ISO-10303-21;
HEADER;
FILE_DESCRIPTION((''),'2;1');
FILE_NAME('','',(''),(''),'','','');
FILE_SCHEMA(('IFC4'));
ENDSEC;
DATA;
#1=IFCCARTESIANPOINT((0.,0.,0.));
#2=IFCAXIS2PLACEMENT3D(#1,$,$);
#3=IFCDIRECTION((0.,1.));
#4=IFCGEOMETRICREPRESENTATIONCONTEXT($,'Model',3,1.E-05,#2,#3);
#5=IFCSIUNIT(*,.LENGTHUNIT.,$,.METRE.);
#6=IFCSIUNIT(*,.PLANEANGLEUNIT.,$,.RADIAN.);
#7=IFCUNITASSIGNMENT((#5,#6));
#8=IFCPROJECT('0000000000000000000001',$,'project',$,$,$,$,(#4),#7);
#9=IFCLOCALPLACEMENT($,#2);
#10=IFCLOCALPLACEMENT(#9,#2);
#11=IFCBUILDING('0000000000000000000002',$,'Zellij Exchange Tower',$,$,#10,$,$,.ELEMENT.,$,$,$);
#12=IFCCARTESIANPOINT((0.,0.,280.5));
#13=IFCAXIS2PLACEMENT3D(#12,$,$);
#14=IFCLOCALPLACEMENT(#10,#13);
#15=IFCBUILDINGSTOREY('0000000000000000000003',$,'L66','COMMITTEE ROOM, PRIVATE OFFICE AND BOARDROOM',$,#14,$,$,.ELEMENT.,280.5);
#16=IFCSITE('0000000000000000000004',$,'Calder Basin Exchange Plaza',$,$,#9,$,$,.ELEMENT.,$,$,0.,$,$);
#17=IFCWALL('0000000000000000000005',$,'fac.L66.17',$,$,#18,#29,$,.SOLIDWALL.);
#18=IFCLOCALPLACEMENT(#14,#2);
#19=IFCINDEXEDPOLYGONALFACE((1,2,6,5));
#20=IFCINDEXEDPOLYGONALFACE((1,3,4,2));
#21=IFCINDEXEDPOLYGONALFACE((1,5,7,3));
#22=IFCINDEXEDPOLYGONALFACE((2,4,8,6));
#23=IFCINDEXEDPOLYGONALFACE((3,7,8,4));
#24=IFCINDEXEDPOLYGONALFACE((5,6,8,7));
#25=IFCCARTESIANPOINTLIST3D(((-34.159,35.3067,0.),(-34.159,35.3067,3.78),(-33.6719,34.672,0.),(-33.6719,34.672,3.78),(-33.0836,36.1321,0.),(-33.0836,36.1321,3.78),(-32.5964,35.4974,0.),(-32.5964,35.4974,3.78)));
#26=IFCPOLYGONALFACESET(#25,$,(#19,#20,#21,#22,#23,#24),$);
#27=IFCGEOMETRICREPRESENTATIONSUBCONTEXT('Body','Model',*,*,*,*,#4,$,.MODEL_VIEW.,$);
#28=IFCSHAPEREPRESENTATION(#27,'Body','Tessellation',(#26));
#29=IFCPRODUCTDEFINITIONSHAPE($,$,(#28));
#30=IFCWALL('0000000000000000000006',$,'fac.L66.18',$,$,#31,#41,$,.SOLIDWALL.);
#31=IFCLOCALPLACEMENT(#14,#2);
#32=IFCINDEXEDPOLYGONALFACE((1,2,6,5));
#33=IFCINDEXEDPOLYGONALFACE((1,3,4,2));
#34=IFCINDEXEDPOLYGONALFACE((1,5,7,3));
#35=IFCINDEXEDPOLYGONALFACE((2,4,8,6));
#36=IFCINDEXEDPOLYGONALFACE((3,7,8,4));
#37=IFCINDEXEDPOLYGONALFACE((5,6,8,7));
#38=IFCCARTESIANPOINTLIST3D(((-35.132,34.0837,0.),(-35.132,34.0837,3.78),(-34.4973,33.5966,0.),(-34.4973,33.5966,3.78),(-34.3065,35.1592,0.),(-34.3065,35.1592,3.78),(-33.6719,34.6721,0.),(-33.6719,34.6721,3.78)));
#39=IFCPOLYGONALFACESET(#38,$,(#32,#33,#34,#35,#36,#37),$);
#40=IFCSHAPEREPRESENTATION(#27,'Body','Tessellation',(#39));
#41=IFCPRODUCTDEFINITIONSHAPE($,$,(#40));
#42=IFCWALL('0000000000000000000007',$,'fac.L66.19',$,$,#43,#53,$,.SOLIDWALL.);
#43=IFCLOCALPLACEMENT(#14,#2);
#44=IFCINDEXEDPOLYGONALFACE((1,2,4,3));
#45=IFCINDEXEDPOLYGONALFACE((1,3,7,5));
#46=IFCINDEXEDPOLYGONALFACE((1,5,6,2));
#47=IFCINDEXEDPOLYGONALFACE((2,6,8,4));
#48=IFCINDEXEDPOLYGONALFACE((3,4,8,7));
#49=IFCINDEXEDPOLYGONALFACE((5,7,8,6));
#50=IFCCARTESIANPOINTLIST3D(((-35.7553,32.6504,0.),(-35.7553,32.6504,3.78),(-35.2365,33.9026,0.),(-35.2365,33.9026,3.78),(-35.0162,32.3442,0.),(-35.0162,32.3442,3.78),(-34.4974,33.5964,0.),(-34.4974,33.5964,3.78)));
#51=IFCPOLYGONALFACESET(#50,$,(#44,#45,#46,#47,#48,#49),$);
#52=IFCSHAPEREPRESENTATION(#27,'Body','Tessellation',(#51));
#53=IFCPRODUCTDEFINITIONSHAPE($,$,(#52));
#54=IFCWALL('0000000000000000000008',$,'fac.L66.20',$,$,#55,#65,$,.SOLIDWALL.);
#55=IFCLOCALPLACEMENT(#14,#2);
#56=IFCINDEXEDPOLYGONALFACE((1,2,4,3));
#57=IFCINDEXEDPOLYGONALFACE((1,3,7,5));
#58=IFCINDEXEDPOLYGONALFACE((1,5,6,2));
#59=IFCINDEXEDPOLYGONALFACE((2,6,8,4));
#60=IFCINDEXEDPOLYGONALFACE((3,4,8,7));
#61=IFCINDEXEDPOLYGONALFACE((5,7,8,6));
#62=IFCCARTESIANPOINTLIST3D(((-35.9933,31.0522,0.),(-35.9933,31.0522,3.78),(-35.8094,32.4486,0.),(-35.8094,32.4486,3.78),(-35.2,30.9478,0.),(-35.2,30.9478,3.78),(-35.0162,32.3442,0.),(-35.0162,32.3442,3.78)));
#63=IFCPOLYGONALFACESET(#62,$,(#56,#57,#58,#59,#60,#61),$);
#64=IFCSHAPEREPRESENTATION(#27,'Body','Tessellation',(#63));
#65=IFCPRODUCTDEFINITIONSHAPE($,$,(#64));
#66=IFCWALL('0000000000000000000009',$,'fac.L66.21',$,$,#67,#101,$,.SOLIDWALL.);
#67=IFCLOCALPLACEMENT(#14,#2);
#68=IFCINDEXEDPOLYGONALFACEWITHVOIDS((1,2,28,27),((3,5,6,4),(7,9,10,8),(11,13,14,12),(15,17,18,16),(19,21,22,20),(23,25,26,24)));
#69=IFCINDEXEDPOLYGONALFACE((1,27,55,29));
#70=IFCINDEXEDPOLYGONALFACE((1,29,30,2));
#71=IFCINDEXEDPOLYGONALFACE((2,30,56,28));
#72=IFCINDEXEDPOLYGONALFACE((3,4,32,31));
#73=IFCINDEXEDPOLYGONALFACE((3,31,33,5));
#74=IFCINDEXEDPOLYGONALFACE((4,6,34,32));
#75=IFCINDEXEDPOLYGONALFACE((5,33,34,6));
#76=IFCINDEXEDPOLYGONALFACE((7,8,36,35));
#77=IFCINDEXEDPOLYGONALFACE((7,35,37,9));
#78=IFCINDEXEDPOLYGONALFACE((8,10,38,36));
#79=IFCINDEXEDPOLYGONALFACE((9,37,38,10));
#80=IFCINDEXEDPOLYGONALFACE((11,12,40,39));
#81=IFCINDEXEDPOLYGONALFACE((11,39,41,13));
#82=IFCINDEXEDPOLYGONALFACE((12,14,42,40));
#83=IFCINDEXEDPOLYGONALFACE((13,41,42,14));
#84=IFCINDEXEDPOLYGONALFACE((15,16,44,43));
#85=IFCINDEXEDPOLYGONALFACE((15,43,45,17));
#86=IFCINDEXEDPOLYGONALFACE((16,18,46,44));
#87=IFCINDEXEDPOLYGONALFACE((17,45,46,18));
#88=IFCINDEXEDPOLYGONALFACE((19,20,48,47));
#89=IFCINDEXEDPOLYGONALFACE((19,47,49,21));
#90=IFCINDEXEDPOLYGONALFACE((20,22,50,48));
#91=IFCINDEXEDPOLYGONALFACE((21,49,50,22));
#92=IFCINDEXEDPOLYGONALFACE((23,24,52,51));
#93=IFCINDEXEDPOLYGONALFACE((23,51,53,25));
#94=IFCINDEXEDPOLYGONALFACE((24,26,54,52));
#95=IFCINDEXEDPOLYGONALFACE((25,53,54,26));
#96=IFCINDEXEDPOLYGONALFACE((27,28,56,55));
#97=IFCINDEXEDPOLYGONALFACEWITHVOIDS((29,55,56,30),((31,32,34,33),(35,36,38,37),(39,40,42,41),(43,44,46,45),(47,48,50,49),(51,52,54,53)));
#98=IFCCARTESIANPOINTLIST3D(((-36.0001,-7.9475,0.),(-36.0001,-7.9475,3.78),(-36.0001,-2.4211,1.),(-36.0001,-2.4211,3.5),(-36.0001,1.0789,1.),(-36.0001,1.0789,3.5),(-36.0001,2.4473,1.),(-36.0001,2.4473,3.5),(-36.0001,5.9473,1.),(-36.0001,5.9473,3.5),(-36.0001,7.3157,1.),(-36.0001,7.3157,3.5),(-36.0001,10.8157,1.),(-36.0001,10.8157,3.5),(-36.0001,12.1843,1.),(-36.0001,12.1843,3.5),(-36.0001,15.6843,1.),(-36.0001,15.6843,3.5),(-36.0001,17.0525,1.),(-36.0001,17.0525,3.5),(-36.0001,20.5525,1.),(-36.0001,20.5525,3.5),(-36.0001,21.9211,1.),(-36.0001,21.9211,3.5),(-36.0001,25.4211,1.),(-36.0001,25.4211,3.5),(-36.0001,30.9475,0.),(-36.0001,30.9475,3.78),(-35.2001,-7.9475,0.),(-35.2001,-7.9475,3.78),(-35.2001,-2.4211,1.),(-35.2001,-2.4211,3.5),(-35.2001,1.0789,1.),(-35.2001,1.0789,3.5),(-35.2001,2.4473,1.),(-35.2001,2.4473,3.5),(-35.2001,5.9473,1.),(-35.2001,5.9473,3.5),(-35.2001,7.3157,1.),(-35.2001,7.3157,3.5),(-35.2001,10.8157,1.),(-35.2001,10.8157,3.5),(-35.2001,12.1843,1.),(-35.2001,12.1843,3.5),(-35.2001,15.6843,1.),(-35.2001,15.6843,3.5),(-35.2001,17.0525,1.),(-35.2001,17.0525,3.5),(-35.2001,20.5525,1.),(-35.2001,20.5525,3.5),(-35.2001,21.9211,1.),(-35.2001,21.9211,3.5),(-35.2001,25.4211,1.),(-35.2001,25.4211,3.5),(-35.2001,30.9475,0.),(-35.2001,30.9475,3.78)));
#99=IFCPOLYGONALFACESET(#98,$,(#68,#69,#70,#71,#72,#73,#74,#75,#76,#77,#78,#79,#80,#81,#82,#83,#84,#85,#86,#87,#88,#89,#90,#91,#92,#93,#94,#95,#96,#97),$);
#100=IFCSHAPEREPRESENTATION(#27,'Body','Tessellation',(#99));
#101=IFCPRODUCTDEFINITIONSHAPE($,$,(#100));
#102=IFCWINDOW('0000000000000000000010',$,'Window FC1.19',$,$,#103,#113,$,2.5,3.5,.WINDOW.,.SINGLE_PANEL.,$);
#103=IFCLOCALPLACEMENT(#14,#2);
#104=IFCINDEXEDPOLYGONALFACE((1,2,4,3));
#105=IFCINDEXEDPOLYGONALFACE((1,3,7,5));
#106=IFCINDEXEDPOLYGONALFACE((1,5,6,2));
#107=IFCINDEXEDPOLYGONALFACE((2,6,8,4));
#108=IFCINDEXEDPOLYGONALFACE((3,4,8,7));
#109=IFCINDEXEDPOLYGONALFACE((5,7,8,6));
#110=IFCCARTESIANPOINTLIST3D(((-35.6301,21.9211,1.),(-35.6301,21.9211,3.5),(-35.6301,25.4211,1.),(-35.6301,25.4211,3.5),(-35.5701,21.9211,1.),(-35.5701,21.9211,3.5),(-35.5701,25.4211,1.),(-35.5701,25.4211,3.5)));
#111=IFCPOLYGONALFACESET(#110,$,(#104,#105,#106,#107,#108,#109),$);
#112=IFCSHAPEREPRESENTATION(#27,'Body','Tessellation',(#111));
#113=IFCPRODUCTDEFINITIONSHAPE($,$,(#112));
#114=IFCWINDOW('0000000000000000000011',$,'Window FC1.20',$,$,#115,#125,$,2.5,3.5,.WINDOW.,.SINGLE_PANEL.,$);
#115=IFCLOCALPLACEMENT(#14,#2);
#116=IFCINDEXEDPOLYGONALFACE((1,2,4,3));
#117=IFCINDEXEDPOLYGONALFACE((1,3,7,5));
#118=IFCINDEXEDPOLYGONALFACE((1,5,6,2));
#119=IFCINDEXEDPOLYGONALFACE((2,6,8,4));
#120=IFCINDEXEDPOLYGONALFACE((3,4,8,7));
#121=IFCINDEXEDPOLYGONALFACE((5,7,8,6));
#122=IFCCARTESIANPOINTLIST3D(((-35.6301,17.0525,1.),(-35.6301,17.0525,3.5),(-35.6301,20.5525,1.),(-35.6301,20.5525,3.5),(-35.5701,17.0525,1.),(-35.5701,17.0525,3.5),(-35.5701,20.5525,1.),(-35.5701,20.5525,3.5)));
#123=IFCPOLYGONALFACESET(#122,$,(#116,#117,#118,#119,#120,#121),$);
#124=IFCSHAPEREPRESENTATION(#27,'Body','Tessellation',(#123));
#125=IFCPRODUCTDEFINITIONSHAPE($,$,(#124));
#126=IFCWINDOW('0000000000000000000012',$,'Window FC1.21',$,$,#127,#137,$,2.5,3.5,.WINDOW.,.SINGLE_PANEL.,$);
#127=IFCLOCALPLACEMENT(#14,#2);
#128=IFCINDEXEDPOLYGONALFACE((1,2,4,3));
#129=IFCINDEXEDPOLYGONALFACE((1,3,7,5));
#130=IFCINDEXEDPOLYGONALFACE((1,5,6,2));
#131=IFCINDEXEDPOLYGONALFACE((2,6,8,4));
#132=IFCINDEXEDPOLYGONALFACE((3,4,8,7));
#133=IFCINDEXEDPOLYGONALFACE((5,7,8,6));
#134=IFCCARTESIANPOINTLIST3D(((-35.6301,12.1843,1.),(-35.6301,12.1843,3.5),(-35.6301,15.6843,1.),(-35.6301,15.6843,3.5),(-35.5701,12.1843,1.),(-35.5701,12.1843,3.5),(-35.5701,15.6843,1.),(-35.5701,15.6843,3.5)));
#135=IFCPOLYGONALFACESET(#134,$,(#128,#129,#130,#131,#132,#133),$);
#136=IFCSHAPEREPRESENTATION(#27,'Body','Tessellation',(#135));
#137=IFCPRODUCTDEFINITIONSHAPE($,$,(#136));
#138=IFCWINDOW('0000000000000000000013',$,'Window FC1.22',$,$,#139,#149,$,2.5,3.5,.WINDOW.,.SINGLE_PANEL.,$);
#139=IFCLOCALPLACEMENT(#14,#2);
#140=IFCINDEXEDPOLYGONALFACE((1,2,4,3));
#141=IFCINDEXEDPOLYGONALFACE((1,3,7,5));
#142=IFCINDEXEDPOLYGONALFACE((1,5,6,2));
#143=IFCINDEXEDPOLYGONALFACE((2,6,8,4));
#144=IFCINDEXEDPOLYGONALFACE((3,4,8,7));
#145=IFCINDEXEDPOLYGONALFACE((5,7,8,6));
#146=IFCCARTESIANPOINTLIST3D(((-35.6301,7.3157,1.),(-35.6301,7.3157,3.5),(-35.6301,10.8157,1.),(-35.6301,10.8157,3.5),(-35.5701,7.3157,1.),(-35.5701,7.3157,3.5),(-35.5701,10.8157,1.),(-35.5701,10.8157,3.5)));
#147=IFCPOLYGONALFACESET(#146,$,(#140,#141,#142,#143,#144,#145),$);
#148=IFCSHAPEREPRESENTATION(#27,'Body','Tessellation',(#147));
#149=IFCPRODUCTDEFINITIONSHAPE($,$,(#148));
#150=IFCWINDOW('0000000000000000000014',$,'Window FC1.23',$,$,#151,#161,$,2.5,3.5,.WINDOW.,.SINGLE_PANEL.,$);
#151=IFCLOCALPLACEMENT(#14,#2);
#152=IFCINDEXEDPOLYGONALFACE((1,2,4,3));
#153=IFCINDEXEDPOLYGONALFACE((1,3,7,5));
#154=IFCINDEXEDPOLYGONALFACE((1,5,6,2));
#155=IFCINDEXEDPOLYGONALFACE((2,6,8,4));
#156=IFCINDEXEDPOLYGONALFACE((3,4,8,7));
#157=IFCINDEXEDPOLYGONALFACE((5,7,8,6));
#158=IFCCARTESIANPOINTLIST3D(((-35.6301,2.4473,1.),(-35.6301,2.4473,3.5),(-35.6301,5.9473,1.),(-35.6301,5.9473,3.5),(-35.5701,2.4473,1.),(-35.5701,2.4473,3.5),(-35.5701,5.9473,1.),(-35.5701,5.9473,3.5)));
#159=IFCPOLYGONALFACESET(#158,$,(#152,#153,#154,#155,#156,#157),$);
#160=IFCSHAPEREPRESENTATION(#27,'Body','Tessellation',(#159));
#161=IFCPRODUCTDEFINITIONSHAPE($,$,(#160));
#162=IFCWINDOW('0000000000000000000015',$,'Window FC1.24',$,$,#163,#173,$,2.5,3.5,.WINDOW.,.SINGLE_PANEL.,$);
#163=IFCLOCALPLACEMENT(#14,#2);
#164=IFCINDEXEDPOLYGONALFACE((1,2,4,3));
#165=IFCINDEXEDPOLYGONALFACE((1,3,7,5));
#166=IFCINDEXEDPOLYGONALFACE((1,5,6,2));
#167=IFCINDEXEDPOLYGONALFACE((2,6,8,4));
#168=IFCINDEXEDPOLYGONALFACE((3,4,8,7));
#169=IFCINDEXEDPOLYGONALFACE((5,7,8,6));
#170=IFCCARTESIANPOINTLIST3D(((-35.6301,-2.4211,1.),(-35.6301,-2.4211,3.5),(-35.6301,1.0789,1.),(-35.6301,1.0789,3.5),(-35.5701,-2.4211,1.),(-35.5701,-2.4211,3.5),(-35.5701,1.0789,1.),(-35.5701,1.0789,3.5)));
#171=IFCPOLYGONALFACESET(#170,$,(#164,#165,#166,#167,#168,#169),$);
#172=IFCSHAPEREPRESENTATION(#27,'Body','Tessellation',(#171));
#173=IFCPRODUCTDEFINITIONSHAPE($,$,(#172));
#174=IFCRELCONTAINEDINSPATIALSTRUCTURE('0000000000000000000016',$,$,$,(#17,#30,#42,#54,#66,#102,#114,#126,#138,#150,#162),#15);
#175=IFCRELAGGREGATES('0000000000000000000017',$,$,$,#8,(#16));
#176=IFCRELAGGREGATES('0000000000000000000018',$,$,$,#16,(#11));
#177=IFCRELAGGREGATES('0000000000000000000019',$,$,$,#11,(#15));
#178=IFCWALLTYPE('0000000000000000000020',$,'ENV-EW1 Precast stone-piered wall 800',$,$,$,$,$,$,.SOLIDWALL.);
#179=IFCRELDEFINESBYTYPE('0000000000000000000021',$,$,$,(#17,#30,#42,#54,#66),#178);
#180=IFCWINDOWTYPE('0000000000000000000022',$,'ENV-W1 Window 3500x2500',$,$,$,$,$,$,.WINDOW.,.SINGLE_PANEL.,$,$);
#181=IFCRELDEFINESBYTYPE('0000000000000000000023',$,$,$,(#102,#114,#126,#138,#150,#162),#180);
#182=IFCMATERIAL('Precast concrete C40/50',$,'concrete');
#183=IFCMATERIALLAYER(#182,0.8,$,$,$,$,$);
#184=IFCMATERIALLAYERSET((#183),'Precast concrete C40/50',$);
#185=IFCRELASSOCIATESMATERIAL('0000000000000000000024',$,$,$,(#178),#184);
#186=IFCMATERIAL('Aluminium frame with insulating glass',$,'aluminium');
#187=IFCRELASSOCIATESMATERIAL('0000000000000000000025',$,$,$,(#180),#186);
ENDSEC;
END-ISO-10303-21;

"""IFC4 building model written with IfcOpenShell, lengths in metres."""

from ifc_helpers import new_model, si_unit, direction, frame, frame_2d, origin, place, context, subcontext, project, spatial, rectangle, extrude, material, layer, layer_set, type_object, element, fill, save


model = new_model("IFC4")

# Units and contexts
model_context = context("Model", 3, precision=1e-05, world=origin(), true_north=direction((0.0, 1.0)))
body_context = subcontext(model_context, "Body", "Model", "MODEL_VIEW")
ifc_project = project(units=[si_unit("LENGTHUNIT", "METRE"), si_unit("PLANEANGLEUNIT", "RADIAN")], contexts=[model_context])

# Site, building, storey
site_placement = place(None, origin())
site = spatial("IfcSite", under=ifc_project, at=site_placement, Name="Calder Basin Exchange Plaza", CompositionType="ELEMENT", RefElevation=0.0)
building_placement = place(site_placement, origin())
building = spatial("IfcBuilding", under=site, at=building_placement, Name="Zellij Exchange Tower", CompositionType="ELEMENT")
storey_placement = place(building_placement, frame((0.0, 0.0, 280.5)))
storey = spatial("IfcBuildingStorey", under=building, at=storey_placement, Name="L66", Description="COMMITTEE ROOM, PRIVATE OFFICE AND BOARDROOM", CompositionType="ELEMENT", Elevation=280.5)

# Walls
ifc_material_1 = material(Name="Precast concrete C40/50", Category="concrete")
ifc_layer_1 = layer(ifc_material_1, 0.8)
ifc_layer_set_1 = layer_set([ifc_layer_1], Name="Precast concrete C40/50")
wall_type_1 = type_object("IfcWallType", Name="ENV-EW1 Precast stone-piered wall 800", PredefinedType="SOLIDWALL", material=ifc_layer_set_1)
for number, where, z_axis, x_axis, name in (
    (1, (-32.8401, 35.8147, 0.0), (0.0, 0.0, 1.0), (-0.793273, -0.608866, 0.0), "fac.L66.17"),
    (2, (-33.9893, 34.9155, 0.0), (0.0, 0.0, 1.0), (-0.608866, -0.793273, 0.0), "fac.L66.18"),
):
    element("IfcWall", number, at=place(storey_placement, frame(where, z_axis=z_axis, x_axis=x_axis)), inside=storey, type_object=wall_type_1, Name=name, PredefinedType="SOLIDWALL", context=body_context, shape_type="SweptSolid", body=[
        extrude(rectangle(XDim=1.3557, YDim=0.8, at=frame_2d((0.6777, 0.0))), origin(), (0.0, 0.0, 1.0), 3.78),
    ])
wall_1_placement = place(storey_placement, frame((-34.8669, 33.7495, 0.0), z_axis=(0.0, 0.0, 1.0), x_axis=(-0.38276, -0.923848, 0.0)))
element("IfcWall", 3, at=wall_1_placement, inside=storey, type_object=wall_type_1, Name="fac.L66.19", PredefinedType="SOLIDWALL", context=body_context, shape_type="SweptSolid", body=[
    extrude(rectangle(XDim=1.3555, YDim=0.8, at=frame_2d((0.6777, 0.0))), origin(), (0.0, 0.0, 1.0), 3.78),
])
wall_2_placement = place(storey_placement, frame((-35.4128, 32.3962, 0.0), z_axis=(0.0, 0.0, 1.0), x_axis=(-0.130517, -0.991446, 0.0)))
element("IfcWall", 4, at=wall_2_placement, inside=storey, type_object=wall_type_1, Name="fac.L66.20", PredefinedType="SOLIDWALL", context=body_context, shape_type="SweptSolid", body=[
    extrude(rectangle(XDim=1.4084, YDim=0.8, at=frame_2d((0.7041, 0.0))), origin(), (0.0, 0.0, 1.0), 3.78),
])

# Wall, openings, windows
wall_3_placement = place(storey_placement, frame((-35.6001, 30.9475, 0.0), z_axis=(0.0, 0.0, 1.0), x_axis=(0.0, -1.0, 0.0)))
wall_3 = element("IfcWall", 5, at=wall_3_placement, inside=storey, type_object=wall_type_1, Name="fac.L66.21", PredefinedType="SOLIDWALL", context=body_context, shape_type="SweptSolid", body=[
    extrude(rectangle(XDim=38.895, YDim=0.8, at=frame_2d((19.4475, 0.0))), origin(), (0.0, 0.0, 1.0), 3.78),
])
opening_1_placement = place(wall_3_placement, frame((5.5264, 0.0, 1.0)))
opening_1 = element("IfcOpeningElement", 6, at=opening_1_placement, cuts=wall_3, PredefinedType="OPENING", context=body_context, shape_type="SweptSolid", body=[
    extrude(rectangle(XDim=3.5, YDim=2.5, at=frame_2d((1.75, 1.25))), frame((0.0, 0.4121, 0.0), z_axis=(0.0, -1.0, 0.0), x_axis=(1.0, 0.0, 0.0)), (0.0, 0.0, 1.0), 0.824),
])
opening_2_placement = place(wall_3_placement, frame((10.395, 0.0, 1.0)))
opening_2 = element("IfcOpeningElement", 7, at=opening_2_placement, cuts=wall_3, PredefinedType="OPENING", context=body_context, shape_type="SweptSolid", body=[
    extrude(rectangle(XDim=3.5, YDim=2.5, at=frame_2d((1.75, 1.25))), frame((0.0, 0.4121, 0.0), z_axis=(0.0, -1.0, 0.0), x_axis=(1.0, 0.0, 0.0)), (0.0, 0.0, 1.0), 0.824),
])
opening_3_placement = place(wall_3_placement, frame((15.2632, 0.0, 1.0)))
opening_3 = element("IfcOpeningElement", 8, at=opening_3_placement, cuts=wall_3, PredefinedType="OPENING", context=body_context, shape_type="SweptSolid", body=[
    extrude(rectangle(XDim=3.5, YDim=2.5, at=frame_2d((1.75, 1.25))), frame((0.0, 0.4121, 0.0), z_axis=(0.0, -1.0, 0.0), x_axis=(1.0, 0.0, 0.0)), (0.0, 0.0, 1.0), 0.824),
])
opening_4_placement = place(wall_3_placement, frame((20.1318, 0.0, 1.0)))
opening_4 = element("IfcOpeningElement", 9, at=opening_4_placement, cuts=wall_3, PredefinedType="OPENING", context=body_context, shape_type="SweptSolid", body=[
    extrude(rectangle(XDim=3.5, YDim=2.5, at=frame_2d((1.75, 1.25))), frame((0.0, 0.4121, 0.0), z_axis=(0.0, -1.0, 0.0), x_axis=(1.0, 0.0, 0.0)), (0.0, 0.0, 1.0), 0.824),
])
opening_5_placement = place(wall_3_placement, frame((25.0002, 0.0, 1.0)))
opening_5 = element("IfcOpeningElement", 10, at=opening_5_placement, cuts=wall_3, PredefinedType="OPENING", context=body_context, shape_type="SweptSolid", body=[
    extrude(rectangle(XDim=3.5, YDim=2.5, at=frame_2d((1.75, 1.25))), frame((0.0, 0.4121, 0.0), z_axis=(0.0, -1.0, 0.0), x_axis=(1.0, 0.0, 0.0)), (0.0, 0.0, 1.0), 0.824),
])
opening_6_placement = place(wall_3_placement, frame((29.8687, 0.0, 1.0)))
opening_6 = element("IfcOpeningElement", 11, at=opening_6_placement, cuts=wall_3, PredefinedType="OPENING", context=body_context, shape_type="SweptSolid", body=[
    extrude(rectangle(XDim=3.5, YDim=2.5, at=frame_2d((1.75, 1.25))), frame((0.0, 0.4121, 0.0), z_axis=(0.0, -1.0, 0.0), x_axis=(1.0, 0.0, 0.0)), (0.0, 0.0, 1.0), 0.824),
])
ifc_material_2 = material(Name="Aluminium frame with insulating glass", Category="aluminium")
window_type = type_object("IfcWindowType", Name="ENV-W1 Window 3500x2500", PartitioningType="SINGLE_PANEL", PredefinedType="WINDOW", material=ifc_material_2)
window_1_placement = place(opening_1_placement, origin())
window_1 = element("IfcWindow", 12, at=window_1_placement, inside=storey, type_object=window_type, Name="Window FC1.19", OverallHeight=2.5, OverallWidth=3.5, PartitioningType="SINGLE_PANEL", PredefinedType="WINDOW", context=body_context, shape_type="SweptSolid", body=[
    extrude(rectangle(XDim=3.5, YDim=2.5, at=frame_2d((1.75, 1.25))), frame((0.0, 0.03, 0.0), z_axis=(0.0, -1.0, 0.0), x_axis=(1.0, 0.0, 0.0)), (0.0, 0.0, 1.0), 0.0601),
])
fill(opening_1, window_1)
window_2_placement = place(opening_2_placement, origin())
window_2 = element("IfcWindow", 13, at=window_2_placement, inside=storey, type_object=window_type, Name="Window FC1.20", OverallHeight=2.5, OverallWidth=3.5, PartitioningType="SINGLE_PANEL", PredefinedType="WINDOW", context=body_context, shape_type="SweptSolid", body=[
    extrude(rectangle(XDim=3.5, YDim=2.5, at=frame_2d((1.75, 1.25))), frame((0.0, 0.03, 0.0), z_axis=(0.0, -1.0, 0.0), x_axis=(1.0, 0.0, 0.0)), (0.0, 0.0, 1.0), 0.0601),
])
fill(opening_2, window_2)
window_3_placement = place(opening_3_placement, origin())
window_3 = element("IfcWindow", 14, at=window_3_placement, inside=storey, type_object=window_type, Name="Window FC1.21", OverallHeight=2.5, OverallWidth=3.5, PartitioningType="SINGLE_PANEL", PredefinedType="WINDOW", context=body_context, shape_type="SweptSolid", body=[
    extrude(rectangle(XDim=3.5, YDim=2.5, at=frame_2d((1.75, 1.25))), frame((0.0, 0.03, 0.0), z_axis=(0.0, -1.0, 0.0), x_axis=(1.0, 0.0, 0.0)), (0.0, 0.0, 1.0), 0.0601),
])
fill(opening_3, window_3)
window_4_placement = place(opening_4_placement, origin())
window_4 = element("IfcWindow", 15, at=window_4_placement, inside=storey, type_object=window_type, Name="Window FC1.22", OverallHeight=2.5, OverallWidth=3.5, PartitioningType="SINGLE_PANEL", PredefinedType="WINDOW", context=body_context, shape_type="SweptSolid", body=[
    extrude(rectangle(XDim=3.5, YDim=2.5, at=frame_2d((1.75, 1.25))), frame((0.0, 0.03, 0.0), z_axis=(0.0, -1.0, 0.0), x_axis=(1.0, 0.0, 0.0)), (0.0, 0.0, 1.0), 0.0601),
])
fill(opening_4, window_4)
window_5_placement = place(opening_5_placement, origin())
window_5 = element("IfcWindow", 16, at=window_5_placement, inside=storey, type_object=window_type, Name="Window FC1.23", OverallHeight=2.5, OverallWidth=3.5, PartitioningType="SINGLE_PANEL", PredefinedType="WINDOW", context=body_context, shape_type="SweptSolid", body=[
    extrude(rectangle(XDim=3.5, YDim=2.5, at=frame_2d((1.75, 1.25))), frame((0.0, 0.03, 0.0), z_axis=(0.0, -1.0, 0.0), x_axis=(1.0, 0.0, 0.0)), (0.0, 0.0, 1.0), 0.0601),
])
fill(opening_5, window_5)
window_6_placement = place(opening_6_placement, origin())
window_6 = element("IfcWindow", 17, at=window_6_placement, inside=storey, type_object=window_type, Name="Window FC1.24", OverallHeight=2.5, OverallWidth=3.5, PartitioningType="SINGLE_PANEL", PredefinedType="WINDOW", context=body_context, shape_type="SweptSolid", body=[
    extrude(rectangle(XDim=3.5, YDim=2.5, at=frame_2d((1.75, 1.25))), frame((0.0, 0.03, 0.0), z_axis=(0.0, -1.0, 0.0), x_axis=(1.0, 0.0, 0.0)), (0.0, 0.0, 1.0), 0.0601),
])
fill(opening_6, window_6)

save(model, "model.ifc")
